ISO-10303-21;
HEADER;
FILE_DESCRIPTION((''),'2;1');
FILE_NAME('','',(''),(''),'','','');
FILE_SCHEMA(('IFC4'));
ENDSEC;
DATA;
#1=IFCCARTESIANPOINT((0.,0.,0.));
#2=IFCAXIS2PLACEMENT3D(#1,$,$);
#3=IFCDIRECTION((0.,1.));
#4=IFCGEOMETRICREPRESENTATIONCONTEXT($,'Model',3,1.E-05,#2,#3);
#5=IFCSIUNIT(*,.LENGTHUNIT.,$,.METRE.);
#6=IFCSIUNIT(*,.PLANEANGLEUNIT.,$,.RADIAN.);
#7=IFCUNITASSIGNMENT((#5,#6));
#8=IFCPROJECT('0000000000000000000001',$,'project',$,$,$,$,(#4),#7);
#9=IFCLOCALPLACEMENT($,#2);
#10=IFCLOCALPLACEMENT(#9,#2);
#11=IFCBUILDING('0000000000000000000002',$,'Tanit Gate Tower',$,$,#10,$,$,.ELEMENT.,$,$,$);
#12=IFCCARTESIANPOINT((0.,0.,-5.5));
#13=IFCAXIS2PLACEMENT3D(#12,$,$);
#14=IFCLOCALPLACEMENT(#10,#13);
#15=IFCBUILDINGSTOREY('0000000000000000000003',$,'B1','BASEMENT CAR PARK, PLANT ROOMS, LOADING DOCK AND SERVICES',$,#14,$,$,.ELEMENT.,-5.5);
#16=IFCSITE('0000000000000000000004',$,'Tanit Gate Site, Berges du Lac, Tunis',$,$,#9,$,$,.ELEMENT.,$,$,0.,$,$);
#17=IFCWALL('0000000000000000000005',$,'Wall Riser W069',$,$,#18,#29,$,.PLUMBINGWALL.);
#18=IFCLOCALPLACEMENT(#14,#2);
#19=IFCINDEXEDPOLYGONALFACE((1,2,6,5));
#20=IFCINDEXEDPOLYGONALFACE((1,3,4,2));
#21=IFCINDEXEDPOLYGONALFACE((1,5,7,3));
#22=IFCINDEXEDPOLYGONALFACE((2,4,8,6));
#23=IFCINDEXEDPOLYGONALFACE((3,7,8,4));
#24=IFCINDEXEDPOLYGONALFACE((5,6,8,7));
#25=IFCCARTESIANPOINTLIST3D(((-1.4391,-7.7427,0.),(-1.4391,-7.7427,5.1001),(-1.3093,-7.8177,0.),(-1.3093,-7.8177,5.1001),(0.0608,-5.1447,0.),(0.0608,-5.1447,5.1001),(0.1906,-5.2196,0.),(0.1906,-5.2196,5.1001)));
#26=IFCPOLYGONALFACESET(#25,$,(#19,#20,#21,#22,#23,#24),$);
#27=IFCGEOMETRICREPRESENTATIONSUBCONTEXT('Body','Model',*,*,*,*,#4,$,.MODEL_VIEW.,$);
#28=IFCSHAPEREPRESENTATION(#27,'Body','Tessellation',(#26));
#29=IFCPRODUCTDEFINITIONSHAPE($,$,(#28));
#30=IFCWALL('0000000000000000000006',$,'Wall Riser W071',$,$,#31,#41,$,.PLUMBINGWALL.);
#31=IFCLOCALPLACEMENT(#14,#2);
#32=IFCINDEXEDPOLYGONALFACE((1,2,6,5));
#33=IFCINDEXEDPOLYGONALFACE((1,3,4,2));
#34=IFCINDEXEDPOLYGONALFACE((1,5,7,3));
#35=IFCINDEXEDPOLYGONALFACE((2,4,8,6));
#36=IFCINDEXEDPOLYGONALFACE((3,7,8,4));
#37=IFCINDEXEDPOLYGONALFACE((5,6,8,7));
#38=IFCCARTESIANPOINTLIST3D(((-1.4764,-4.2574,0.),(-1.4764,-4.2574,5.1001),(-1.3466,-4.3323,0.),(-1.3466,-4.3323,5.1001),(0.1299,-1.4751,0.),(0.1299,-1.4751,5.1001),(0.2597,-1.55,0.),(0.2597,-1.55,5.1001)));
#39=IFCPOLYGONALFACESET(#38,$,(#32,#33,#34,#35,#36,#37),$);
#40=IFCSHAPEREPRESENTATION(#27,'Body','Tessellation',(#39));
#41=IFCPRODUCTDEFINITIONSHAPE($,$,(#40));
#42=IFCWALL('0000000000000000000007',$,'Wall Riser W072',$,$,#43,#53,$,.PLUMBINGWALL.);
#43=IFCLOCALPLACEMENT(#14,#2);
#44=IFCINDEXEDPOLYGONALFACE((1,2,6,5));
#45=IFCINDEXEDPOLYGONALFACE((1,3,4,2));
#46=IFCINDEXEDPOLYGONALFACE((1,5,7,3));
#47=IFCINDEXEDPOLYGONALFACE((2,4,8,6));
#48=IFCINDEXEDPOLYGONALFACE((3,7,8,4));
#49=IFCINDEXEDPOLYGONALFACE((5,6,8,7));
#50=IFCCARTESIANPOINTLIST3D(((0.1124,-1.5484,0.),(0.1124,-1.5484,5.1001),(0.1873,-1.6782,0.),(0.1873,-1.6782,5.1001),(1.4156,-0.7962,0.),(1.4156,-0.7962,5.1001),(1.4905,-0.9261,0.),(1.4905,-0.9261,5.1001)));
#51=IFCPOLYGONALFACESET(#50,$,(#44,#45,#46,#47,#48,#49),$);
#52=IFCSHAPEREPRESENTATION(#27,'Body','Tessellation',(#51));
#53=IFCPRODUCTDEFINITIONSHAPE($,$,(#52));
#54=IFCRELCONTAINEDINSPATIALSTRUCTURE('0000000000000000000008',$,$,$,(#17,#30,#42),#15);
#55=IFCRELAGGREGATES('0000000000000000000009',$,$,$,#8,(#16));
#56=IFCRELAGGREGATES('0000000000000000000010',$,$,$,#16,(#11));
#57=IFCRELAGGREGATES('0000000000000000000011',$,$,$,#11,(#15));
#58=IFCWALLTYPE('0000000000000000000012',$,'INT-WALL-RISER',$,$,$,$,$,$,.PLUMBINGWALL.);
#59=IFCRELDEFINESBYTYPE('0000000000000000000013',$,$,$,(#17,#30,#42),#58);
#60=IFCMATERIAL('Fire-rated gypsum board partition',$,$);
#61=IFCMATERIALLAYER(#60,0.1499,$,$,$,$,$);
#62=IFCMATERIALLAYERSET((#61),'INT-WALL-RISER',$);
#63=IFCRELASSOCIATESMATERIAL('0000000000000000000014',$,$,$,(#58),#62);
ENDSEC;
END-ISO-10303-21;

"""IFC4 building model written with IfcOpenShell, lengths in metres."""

from ifc_helpers import new_model, si_unit, direction, frame, frame_2d, origin, place, context, subcontext, project, spatial, rectangle, extrude, material, layer, layer_set, type_object, element, save


model = new_model("IFC4")

# Units and contexts
model_context = context("Model", 3, precision=1e-05, world=origin(), true_north=direction((0.0, 1.0)))
body_context = subcontext(model_context, "Body", "Model", "MODEL_VIEW")
ifc_project = project(units=[si_unit("LENGTHUNIT", "METRE"), si_unit("PLANEANGLEUNIT", "RADIAN")], contexts=[model_context])

# Site, building, storey
site_placement = place(None, origin())
site = spatial("IfcSite", under=ifc_project, at=site_placement, Name="Tanit Gate Site, Berges du Lac, Tunis", CompositionType="ELEMENT", RefElevation=0.0)
building_placement = place(site_placement, origin())
building = spatial("IfcBuilding", under=site, at=building_placement, Name="Tanit Gate Tower", CompositionType="ELEMENT")
storey_placement = place(building_placement, frame((0.0, 0.0, -5.5)))
storey = spatial("IfcBuildingStorey", under=building, at=storey_placement, Name="B1", Description="BASEMENT CAR PARK, PLANT ROOMS, LOADING DOCK AND SERVICES", CompositionType="ELEMENT", Elevation=-5.5)

# Walls
ifc_material_1 = material(Name="Fire-rated gypsum board partition")
ifc_layer_1 = layer(ifc_material_1, 0.1499)
ifc_layer_set_1 = layer_set([ifc_layer_1], Name="INT-WALL-RISER")
wall_type_1 = type_object("IfcWallType", Name="INT-WALL-RISER", PredefinedType="PLUMBINGWALL", material=ifc_layer_set_1)
wall_1_placement = place(storey_placement, frame((0.1257, -5.1821, 0.0), z_axis=(0.0, 0.0, 1.0), x_axis=(-0.49999, -0.866031, 0.0)))
element("IfcWall", 1, at=wall_1_placement, inside=storey, type_object=wall_type_1, Name="Wall Riser W069", PredefinedType="PLUMBINGWALL", context=body_context, shape_type="SweptSolid", body=[
    extrude(rectangle(XDim=3.0, YDim=0.1499, at=frame_2d((1.5, 0.0))), origin(), (0.0, 0.0, 1.0), 5.1001),
])
wall_2_placement = place(storey_placement, frame((0.1948, -1.5125, 0.0), z_axis=(0.0, 0.0, 1.0), x_axis=(-0.499972, -0.866041, 0.0)))
element("IfcWall", 2, at=wall_2_placement, inside=storey, type_object=wall_type_1, Name="Wall Riser W071", PredefinedType="PLUMBINGWALL", context=body_context, shape_type="SweptSolid", body=[
    extrude(rectangle(XDim=3.2126, YDim=0.1499, at=frame_2d((1.6064, 0.0))), origin(), (0.0, 0.0, 1.0), 5.1001),
])
wall_3_placement = place(storey_placement, frame((1.4531, -0.8611, 0.0), z_axis=(0.0, 0.0, 1.0), x_axis=(-0.866088, -0.499891, 0.0)))
element("IfcWall", 3, at=wall_3_placement, inside=storey, type_object=wall_type_1, Name="Wall Riser W072", PredefinedType="PLUMBINGWALL", context=body_context, shape_type="SweptSolid", body=[
    extrude(rectangle(XDim=1.5046, YDim=0.1499, at=frame_2d((0.7524, 0.0))), origin(), (0.0, 0.0, 1.0), 5.1001),
])

save(model, "model.ifc")
